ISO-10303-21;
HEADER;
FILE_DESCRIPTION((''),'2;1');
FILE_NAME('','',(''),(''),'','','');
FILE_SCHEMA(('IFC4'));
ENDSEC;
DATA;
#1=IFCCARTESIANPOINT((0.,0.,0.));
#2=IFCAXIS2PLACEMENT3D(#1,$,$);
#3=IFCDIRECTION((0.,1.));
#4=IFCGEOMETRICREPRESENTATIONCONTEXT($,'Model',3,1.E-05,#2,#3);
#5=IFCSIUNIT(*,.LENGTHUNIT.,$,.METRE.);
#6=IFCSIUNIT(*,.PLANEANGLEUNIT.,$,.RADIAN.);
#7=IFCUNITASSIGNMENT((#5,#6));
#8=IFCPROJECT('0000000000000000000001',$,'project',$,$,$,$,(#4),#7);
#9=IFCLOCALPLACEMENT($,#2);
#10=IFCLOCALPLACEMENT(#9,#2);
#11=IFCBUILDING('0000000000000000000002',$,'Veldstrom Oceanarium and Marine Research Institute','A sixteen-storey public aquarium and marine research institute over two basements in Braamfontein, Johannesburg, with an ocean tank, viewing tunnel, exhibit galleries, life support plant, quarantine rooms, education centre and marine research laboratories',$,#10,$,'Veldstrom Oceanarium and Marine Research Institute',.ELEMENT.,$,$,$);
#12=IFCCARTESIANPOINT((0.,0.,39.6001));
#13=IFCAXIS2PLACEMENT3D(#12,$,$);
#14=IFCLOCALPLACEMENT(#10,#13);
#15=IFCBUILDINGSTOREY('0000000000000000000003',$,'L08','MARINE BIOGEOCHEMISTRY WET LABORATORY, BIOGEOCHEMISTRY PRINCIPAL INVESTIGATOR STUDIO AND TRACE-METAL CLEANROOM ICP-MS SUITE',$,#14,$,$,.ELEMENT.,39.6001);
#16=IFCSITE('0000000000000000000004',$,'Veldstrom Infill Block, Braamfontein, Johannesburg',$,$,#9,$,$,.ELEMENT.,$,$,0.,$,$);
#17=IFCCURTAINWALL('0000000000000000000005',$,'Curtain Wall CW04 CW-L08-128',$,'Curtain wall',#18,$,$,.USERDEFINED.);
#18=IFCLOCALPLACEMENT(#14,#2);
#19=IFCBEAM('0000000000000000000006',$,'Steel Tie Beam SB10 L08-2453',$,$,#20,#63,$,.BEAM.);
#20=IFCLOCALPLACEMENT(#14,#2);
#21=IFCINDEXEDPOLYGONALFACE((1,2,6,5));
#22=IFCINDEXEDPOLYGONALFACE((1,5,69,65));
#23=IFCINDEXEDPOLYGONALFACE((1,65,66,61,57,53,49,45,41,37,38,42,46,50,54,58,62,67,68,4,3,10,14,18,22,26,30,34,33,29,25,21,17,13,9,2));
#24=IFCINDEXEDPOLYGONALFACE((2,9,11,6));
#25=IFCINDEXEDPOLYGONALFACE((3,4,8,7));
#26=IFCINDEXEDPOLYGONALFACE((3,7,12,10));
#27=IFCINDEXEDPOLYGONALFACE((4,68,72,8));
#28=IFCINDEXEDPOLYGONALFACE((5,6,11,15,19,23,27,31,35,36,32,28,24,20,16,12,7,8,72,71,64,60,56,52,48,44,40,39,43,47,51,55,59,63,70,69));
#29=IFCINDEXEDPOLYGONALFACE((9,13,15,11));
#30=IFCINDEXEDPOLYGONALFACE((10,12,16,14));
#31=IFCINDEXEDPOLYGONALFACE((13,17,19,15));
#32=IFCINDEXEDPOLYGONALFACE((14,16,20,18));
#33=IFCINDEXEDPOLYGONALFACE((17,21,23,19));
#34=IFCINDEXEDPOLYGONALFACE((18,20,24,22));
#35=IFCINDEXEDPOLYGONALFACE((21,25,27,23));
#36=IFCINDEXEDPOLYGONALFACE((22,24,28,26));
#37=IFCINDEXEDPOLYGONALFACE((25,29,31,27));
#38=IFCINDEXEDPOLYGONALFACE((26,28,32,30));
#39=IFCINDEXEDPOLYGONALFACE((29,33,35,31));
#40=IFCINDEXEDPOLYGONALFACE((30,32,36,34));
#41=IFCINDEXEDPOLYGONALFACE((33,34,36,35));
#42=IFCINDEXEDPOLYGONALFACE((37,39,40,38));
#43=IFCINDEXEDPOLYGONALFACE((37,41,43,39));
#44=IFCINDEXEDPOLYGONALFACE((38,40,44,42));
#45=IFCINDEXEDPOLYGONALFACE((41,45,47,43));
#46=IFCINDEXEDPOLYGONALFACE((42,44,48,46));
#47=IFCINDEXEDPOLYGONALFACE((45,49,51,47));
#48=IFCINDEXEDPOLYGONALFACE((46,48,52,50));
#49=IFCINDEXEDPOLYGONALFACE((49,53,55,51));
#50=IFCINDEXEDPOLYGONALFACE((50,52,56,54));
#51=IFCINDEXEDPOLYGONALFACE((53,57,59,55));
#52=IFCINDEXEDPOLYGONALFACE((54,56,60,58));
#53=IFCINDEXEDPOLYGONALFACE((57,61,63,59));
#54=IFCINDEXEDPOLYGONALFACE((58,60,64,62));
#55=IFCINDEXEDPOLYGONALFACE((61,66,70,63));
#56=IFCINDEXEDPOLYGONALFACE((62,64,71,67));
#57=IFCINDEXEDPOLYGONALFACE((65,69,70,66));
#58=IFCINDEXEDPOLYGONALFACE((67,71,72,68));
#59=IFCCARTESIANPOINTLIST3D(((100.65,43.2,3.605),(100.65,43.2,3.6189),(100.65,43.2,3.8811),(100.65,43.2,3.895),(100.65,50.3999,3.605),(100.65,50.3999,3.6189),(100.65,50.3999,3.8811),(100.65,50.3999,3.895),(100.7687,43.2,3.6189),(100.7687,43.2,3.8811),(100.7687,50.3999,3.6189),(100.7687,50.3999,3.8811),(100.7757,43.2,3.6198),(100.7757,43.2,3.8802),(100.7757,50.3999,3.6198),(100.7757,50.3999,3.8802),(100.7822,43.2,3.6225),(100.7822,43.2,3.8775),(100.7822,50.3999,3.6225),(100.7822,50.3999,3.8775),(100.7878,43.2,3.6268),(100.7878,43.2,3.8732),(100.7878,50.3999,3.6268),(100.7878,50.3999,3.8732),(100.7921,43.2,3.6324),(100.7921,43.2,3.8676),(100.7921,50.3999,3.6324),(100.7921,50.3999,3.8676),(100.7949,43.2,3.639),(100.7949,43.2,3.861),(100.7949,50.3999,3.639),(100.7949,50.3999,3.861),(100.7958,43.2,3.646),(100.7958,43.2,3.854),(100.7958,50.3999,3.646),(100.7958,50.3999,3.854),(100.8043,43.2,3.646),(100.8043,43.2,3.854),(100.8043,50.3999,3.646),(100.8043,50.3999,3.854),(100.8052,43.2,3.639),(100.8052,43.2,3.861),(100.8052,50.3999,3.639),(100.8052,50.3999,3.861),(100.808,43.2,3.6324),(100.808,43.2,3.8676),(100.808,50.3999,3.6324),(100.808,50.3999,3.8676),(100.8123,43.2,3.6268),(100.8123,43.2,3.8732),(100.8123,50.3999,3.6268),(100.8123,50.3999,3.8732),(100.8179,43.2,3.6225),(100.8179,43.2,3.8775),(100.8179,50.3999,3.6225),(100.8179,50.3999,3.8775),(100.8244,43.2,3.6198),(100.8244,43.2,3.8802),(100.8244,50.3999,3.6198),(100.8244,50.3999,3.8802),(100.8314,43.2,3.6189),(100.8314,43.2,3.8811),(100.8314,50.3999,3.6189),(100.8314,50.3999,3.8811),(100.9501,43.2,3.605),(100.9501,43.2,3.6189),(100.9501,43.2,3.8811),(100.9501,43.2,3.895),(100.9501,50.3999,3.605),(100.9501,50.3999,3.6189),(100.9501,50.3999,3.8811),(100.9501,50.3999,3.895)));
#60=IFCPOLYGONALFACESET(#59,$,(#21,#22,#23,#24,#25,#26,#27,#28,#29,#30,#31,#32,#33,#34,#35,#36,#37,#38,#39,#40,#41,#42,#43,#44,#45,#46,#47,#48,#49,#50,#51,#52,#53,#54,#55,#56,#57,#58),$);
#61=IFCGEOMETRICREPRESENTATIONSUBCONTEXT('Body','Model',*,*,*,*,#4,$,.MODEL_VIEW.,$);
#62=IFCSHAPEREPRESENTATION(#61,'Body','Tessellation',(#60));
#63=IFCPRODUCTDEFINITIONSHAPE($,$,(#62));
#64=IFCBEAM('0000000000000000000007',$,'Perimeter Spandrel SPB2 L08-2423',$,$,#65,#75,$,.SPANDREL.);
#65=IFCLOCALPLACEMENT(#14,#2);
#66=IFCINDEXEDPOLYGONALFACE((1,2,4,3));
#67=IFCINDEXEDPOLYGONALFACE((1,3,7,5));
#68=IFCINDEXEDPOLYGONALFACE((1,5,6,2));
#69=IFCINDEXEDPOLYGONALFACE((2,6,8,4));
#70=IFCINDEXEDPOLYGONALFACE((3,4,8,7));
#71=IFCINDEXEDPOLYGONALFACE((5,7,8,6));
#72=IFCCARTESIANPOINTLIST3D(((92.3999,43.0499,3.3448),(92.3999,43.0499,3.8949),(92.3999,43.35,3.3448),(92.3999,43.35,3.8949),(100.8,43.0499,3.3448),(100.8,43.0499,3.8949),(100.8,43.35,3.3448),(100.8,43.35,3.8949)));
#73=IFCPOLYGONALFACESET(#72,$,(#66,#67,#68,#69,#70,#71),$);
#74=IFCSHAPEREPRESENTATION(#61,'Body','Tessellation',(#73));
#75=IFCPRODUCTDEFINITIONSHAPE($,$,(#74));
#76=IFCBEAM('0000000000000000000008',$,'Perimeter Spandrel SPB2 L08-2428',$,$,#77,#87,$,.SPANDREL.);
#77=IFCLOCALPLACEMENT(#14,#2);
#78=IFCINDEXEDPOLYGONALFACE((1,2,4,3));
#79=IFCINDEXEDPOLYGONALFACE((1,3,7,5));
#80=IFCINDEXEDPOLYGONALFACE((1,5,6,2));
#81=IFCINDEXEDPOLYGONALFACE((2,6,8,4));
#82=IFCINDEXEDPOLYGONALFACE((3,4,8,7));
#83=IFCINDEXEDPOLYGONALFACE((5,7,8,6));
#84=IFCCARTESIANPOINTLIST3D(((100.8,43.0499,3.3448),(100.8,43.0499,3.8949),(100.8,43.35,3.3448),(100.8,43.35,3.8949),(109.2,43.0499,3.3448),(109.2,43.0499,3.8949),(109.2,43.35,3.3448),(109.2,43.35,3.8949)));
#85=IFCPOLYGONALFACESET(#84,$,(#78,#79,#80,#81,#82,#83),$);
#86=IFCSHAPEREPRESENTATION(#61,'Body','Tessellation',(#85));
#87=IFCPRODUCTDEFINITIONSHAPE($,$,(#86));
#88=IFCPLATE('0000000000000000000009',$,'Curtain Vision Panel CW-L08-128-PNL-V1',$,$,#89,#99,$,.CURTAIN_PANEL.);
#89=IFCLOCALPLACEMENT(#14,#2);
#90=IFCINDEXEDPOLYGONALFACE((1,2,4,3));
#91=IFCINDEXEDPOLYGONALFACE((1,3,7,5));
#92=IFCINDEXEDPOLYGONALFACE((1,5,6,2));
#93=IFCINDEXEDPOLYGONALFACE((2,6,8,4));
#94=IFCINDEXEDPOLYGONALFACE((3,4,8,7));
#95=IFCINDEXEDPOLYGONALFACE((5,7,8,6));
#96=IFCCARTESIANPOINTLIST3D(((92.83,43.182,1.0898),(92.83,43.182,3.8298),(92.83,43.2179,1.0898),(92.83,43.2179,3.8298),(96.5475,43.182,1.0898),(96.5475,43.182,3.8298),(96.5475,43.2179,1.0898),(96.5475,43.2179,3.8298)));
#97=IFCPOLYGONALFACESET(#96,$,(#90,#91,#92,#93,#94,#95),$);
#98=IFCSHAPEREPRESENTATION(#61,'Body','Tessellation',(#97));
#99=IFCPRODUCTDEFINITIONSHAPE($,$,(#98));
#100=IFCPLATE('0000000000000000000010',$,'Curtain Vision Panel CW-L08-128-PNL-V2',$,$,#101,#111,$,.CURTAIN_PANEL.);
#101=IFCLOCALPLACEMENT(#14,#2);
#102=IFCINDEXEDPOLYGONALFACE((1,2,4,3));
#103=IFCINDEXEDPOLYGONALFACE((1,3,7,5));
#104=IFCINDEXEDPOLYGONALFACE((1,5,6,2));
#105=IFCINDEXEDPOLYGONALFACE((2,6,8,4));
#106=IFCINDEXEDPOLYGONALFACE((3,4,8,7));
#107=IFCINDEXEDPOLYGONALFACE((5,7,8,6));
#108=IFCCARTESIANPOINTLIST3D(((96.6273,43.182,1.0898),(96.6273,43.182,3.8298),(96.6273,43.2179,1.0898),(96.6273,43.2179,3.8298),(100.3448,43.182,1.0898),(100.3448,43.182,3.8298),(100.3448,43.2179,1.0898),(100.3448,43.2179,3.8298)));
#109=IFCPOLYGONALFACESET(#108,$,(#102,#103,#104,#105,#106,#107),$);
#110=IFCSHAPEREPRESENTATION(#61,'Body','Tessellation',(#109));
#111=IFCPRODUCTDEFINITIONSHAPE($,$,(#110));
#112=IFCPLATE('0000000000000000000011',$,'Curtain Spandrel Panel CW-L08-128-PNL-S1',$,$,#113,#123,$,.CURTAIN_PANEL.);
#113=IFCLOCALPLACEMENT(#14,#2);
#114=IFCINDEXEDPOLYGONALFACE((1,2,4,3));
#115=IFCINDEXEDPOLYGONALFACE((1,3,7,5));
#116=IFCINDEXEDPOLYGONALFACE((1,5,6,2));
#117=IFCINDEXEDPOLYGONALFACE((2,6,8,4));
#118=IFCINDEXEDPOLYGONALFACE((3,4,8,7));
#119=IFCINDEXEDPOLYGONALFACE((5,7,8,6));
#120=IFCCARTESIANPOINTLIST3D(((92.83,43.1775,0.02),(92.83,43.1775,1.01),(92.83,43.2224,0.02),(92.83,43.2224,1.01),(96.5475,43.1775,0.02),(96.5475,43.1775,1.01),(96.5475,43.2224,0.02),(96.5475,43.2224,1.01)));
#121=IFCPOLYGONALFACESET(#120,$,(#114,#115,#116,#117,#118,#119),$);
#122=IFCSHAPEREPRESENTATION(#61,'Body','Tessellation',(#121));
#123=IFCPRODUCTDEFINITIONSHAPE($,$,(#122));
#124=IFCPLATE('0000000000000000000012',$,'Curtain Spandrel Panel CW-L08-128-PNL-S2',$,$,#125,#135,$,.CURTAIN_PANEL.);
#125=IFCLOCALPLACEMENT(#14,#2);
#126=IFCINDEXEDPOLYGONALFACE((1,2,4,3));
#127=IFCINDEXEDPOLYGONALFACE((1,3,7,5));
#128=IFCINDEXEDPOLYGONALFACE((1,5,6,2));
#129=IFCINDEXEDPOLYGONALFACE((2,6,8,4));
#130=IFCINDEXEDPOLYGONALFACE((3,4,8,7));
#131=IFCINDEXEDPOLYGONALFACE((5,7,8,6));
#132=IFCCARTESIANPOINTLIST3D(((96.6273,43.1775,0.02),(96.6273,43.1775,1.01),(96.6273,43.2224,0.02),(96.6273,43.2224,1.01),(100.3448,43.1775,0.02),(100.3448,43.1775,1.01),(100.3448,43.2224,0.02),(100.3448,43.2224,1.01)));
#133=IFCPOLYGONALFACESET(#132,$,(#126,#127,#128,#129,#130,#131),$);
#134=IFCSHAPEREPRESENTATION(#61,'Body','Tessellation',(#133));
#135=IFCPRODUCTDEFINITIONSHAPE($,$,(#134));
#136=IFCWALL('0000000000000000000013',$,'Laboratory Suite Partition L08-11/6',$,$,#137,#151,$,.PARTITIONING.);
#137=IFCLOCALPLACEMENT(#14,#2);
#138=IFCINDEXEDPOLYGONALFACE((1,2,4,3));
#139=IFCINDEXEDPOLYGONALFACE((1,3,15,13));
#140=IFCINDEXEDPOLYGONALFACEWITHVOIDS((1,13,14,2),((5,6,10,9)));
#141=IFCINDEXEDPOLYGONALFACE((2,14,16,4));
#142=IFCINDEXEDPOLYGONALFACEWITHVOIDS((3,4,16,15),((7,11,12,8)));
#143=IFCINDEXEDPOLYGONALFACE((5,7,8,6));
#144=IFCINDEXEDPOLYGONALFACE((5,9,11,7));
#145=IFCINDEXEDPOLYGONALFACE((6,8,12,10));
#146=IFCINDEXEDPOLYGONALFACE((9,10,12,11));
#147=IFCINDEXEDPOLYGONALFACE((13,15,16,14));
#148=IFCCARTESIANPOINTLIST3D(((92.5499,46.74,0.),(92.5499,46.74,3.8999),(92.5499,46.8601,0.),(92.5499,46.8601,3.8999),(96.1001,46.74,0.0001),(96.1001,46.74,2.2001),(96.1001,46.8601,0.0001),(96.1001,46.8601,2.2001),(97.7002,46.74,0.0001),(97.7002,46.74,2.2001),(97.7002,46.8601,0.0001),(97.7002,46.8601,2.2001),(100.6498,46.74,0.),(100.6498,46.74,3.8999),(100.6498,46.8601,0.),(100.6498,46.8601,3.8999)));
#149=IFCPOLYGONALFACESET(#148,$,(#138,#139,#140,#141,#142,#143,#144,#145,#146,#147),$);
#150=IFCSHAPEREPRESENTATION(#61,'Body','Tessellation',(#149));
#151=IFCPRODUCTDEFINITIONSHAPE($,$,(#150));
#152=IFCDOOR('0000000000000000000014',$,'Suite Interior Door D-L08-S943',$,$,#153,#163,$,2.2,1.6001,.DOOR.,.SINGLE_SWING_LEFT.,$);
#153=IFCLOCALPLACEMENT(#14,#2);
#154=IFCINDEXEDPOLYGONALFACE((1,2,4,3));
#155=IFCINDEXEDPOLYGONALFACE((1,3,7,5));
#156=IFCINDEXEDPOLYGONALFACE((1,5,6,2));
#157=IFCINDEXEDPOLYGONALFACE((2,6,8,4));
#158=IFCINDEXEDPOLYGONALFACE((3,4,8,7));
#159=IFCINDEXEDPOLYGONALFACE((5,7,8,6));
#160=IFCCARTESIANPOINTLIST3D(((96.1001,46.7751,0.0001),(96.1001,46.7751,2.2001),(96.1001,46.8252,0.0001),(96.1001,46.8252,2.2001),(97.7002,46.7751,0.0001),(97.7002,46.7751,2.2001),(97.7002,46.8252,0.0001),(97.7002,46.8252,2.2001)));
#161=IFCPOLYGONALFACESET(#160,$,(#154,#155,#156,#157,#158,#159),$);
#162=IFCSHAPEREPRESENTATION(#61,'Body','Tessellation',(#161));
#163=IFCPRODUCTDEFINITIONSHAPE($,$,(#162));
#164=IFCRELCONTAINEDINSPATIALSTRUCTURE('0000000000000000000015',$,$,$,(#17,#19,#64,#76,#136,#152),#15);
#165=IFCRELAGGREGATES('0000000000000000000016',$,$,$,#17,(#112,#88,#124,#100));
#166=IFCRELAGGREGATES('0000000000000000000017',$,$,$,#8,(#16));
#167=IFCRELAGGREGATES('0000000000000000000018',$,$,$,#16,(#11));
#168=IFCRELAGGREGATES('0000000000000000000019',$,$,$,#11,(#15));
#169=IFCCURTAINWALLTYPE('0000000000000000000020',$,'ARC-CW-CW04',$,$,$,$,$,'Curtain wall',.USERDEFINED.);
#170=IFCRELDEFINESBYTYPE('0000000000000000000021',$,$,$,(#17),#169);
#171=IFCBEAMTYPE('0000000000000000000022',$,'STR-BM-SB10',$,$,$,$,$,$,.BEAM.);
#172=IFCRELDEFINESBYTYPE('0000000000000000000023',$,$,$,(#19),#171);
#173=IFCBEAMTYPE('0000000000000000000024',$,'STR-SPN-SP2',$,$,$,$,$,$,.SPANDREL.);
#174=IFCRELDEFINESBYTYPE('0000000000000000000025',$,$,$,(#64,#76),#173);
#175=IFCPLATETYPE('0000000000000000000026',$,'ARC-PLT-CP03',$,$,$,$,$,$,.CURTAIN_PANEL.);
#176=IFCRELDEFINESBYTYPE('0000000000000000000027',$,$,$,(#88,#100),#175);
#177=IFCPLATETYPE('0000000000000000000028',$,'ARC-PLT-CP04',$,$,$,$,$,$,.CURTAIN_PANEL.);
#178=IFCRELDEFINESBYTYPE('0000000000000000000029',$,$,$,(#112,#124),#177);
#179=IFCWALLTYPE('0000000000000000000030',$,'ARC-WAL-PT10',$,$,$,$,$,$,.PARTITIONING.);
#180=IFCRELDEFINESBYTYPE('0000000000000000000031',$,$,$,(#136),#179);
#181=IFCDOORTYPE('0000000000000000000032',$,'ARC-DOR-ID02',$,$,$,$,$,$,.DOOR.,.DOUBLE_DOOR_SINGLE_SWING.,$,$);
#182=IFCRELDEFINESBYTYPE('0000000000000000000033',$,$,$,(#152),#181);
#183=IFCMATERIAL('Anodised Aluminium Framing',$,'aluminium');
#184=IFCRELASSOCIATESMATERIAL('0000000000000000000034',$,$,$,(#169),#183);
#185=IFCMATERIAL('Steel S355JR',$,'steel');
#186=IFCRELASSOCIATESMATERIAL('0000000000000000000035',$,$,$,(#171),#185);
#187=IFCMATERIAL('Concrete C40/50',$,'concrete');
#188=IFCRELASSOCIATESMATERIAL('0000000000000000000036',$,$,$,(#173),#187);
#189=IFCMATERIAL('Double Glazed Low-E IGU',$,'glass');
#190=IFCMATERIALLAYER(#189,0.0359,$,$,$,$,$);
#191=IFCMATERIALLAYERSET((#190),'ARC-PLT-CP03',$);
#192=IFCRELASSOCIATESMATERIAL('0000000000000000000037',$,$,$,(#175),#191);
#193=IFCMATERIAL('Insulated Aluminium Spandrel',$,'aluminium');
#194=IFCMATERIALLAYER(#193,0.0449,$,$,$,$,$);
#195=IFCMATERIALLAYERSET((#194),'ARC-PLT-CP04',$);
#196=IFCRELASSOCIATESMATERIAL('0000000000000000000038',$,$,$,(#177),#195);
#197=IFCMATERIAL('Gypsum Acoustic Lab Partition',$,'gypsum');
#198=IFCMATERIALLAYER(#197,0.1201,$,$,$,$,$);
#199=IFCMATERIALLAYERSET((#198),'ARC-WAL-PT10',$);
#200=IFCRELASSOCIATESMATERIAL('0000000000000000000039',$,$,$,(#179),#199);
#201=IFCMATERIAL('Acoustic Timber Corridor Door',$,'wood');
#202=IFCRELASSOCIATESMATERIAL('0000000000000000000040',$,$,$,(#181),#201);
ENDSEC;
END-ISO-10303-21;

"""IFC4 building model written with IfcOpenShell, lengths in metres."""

from ifc_helpers import new_model, si_unit, direction, frame, frame_2d, origin, origin_2d, place, context, subcontext, project, spatial, rectangle, i_section, extrude, material, layer, layer_set, material_profile, profile_set, type_object, element, fill, aggregate, save


model = new_model("IFC4")

# Units and contexts
model_context = context("Model", 3, precision=1e-05, world=origin(), true_north=direction((0.0, 1.0)))
body_context = subcontext(model_context, "Body", "Model", "MODEL_VIEW")
ifc_project = project(units=[si_unit("LENGTHUNIT", "METRE"), si_unit("PLANEANGLEUNIT", "RADIAN")], contexts=[model_context])

# Site, building, storey
site_placement = place(None, origin())
site = spatial("IfcSite", under=ifc_project, at=site_placement, Name="Veldstrom Infill Block, Braamfontein, Johannesburg", CompositionType="ELEMENT", RefElevation=0.0)
building_placement = place(site_placement, origin())
building = spatial("IfcBuilding", under=site, at=building_placement, Name="Veldstrom Oceanarium and Marine Research Institute", Description="A sixteen-storey public aquarium and marine research institute over two basements in Braamfontein, Johannesburg, with an ocean tank, viewing tunnel, exhibit galleries, life support plant, quarantine rooms, education centre and marine research laboratories", LongName="Veldstrom Oceanarium and Marine Research Institute", CompositionType="ELEMENT")
storey_placement = place(building_placement, frame((0.0, 0.0, 39.6001)))
storey = spatial("IfcBuildingStorey", under=building, at=storey_placement, Name="L08", Description="MARINE BIOGEOCHEMISTRY WET LABORATORY, BIOGEOCHEMISTRY PRINCIPAL INVESTIGATOR STUDIO AND TRACE-METAL CLEANROOM ICP-MS SUITE", CompositionType="ELEMENT", Elevation=39.6001)

# Shared definitions
ifc_material_1 = material(Name="Anodised Aluminium Framing", Category="aluminium")
curtain_wall_type = type_object("IfcCurtainWallType", Name="ARC-CW-CW04", ElementType="Curtain wall", PredefinedType="USERDEFINED", material=ifc_material_1)

# Curtain wall
curtain_wall_1_placement = place(storey_placement, origin())
curtain_wall_1 = element("IfcCurtainWall", 1, at=curtain_wall_1_placement, inside=storey, type_object=curtain_wall_type, Name="Curtain Wall CW04 CW-L08-128", ObjectType="Curtain wall", PredefinedType="USERDEFINED")

# Beams
ifc_material_2 = material(Name="Steel S355JR", Category="steel")
ifc_material_profile_1 = material_profile(ifc_material_2, i_section(OverallWidth=0.3, OverallDepth=0.29, WebThickness=0.0085, FlangeThickness=0.0139, FilletRadius=0.0271, at=origin_2d()), Name="HEA 300")
ifc_profile_set_1 = profile_set([ifc_material_profile_1], Name="Steel S355JR")
beam_type_1 = type_object("IfcBeamType", Name="STR-BM-SB10", PredefinedType="BEAM", material=ifc_profile_set_1)
beam_1_placement = place(storey_placement, frame((100.8, 43.2, 3.75), z_axis=(0.0, 1.0, 0.0), x_axis=(-1.0, 0.0, 0.0)))
element("IfcBeam", 2, at=beam_1_placement, inside=storey, type_object=beam_type_1, Name="Steel Tie Beam SB10 L08-2453", PredefinedType="BEAM", context=body_context, shape_type="SweptSolid", body=[
    extrude(i_section(OverallWidth=0.3, OverallDepth=0.29, WebThickness=0.0085, FlangeThickness=0.0139, FilletRadius=0.0271, at=origin_2d()), origin(), (0.0, 0.0, 1.0), 7.2),
])
ifc_material_3 = material(Name="Concrete C40/50", Category="concrete")
ifc_material_profile_2 = material_profile(ifc_material_3, rectangle(XDim=0.3, YDim=0.55, at=origin_2d()), Name="RC-SPN-300x550")
ifc_profile_set_2 = profile_set([ifc_material_profile_2], Name="Concrete C40/50")
beam_type_2 = type_object("IfcBeamType", Name="STR-SPN-SP2", PredefinedType="SPANDREL", material=ifc_profile_set_2)
beam_2_placement = place(storey_placement, frame((92.3999, 43.2, 3.6199), z_axis=(1.0, 0.0, 0.0), x_axis=(0.0, 1.0, 0.0)))
element("IfcBeam", 3, at=beam_2_placement, inside=storey, type_object=beam_type_2, Name="Perimeter Spandrel SPB2 L08-2423", PredefinedType="SPANDREL", context=body_context, shape_type="SweptSolid", body=[
    extrude(rectangle(XDim=0.3, YDim=0.55, at=origin_2d()), origin(), (0.0, 0.0, 1.0), 8.4001),
])
beam_3_placement = place(storey_placement, frame((100.8, 43.2, 3.6199), z_axis=(1.0, 0.0, 0.0), x_axis=(0.0, 1.0, 0.0)))
element("IfcBeam", 4, at=beam_3_placement, inside=storey, type_object=beam_type_2, Name="Perimeter Spandrel SPB2 L08-2428", PredefinedType="SPANDREL", context=body_context, shape_type="SweptSolid", body=[
    extrude(rectangle(XDim=0.3, YDim=0.55, at=origin_2d()), origin(), (0.0, 0.0, 1.0), 8.3999),
])

# Plates
ifc_material_4 = material(Name="Double Glazed Low-E IGU", Category="glass")
ifc_layer_1 = layer(ifc_material_4, 0.0359)
ifc_layer_set_1 = layer_set([ifc_layer_1], Name="ARC-PLT-CP03")
plate_type_1 = type_object("IfcPlateType", Name="ARC-PLT-CP03", PredefinedType="CURTAIN_PANEL", material=ifc_layer_set_1)
plate_1_placement = place(storey_placement, frame((94.6887, 43.2, 1.0898), z_axis=(0.0, 0.0, 1.0), x_axis=(1.0, 0.0, 0.0)))
plate_1 = element("IfcPlate", 5, at=plate_1_placement, type_object=plate_type_1, Name="Curtain Vision Panel CW-L08-128-PNL-V1", PredefinedType="CURTAIN_PANEL", context=body_context, shape_type="SweptSolid", body=[
    extrude(rectangle(XDim=3.7175, YDim=0.0359, at=origin_2d()), origin(), (0.0, 0.0, 1.0), 2.74),
])
plate_2_placement = place(storey_placement, frame((98.4861, 43.2, 1.0898), z_axis=(0.0, 0.0, 1.0), x_axis=(1.0, 0.0, 0.0)))
plate_2 = element("IfcPlate", 6, at=plate_2_placement, type_object=plate_type_1, Name="Curtain Vision Panel CW-L08-128-PNL-V2", PredefinedType="CURTAIN_PANEL", context=body_context, shape_type="SweptSolid", body=[
    extrude(rectangle(XDim=3.7175, YDim=0.0359, at=origin_2d()), origin(), (0.0, 0.0, 1.0), 2.74),
])
ifc_material_5 = material(Name="Insulated Aluminium Spandrel", Category="aluminium")
ifc_layer_2 = layer(ifc_material_5, 0.0449)
ifc_layer_set_2 = layer_set([ifc_layer_2], Name="ARC-PLT-CP04")
plate_type_2 = type_object("IfcPlateType", Name="ARC-PLT-CP04", PredefinedType="CURTAIN_PANEL", material=ifc_layer_set_2)
plate_3_placement = place(storey_placement, frame((94.6887, 43.2, 0.02), z_axis=(0.0, 0.0, 1.0), x_axis=(1.0, 0.0, 0.0)))
plate_3 = element("IfcPlate", 7, at=plate_3_placement, type_object=plate_type_2, Name="Curtain Spandrel Panel CW-L08-128-PNL-S1", PredefinedType="CURTAIN_PANEL", context=body_context, shape_type="SweptSolid", body=[
    extrude(rectangle(XDim=3.7175, YDim=0.0449, at=origin_2d()), origin(), (0.0, 0.0, 1.0), 0.99),
])
plate_4_placement = place(storey_placement, frame((98.4861, 43.2, 0.02), z_axis=(0.0, 0.0, 1.0), x_axis=(1.0, 0.0, 0.0)))
plate_4 = element("IfcPlate", 8, at=plate_4_placement, type_object=plate_type_2, Name="Curtain Spandrel Panel CW-L08-128-PNL-S2", PredefinedType="CURTAIN_PANEL", context=body_context, shape_type="SweptSolid", body=[
    extrude(rectangle(XDim=3.7175, YDim=0.0449, at=origin_2d()), origin(), (0.0, 0.0, 1.0), 0.99),
])
aggregate(curtain_wall_1, [plate_3, plate_1, plate_4, plate_2])

# Wall, opening, door
ifc_material_6 = material(Name="Gypsum Acoustic Lab Partition", Category="gypsum")
ifc_layer_3 = layer(ifc_material_6, 0.1201)
ifc_layer_set_3 = layer_set([ifc_layer_3], Name="ARC-WAL-PT10")
wall_type_1 = type_object("IfcWallType", Name="ARC-WAL-PT10", PredefinedType="PARTITIONING", material=ifc_layer_set_3)
wall_1_placement = place(storey_placement, frame((92.55, 46.8, 0.0), z_axis=(0.0, 0.0, 1.0), x_axis=(1.0, 0.0, 0.0)))
wall_1 = element("IfcWall", 9, at=wall_1_placement, inside=storey, type_object=wall_type_1, Name="Laboratory Suite Partition L08-11/6", PredefinedType="PARTITIONING", context=body_context, shape_type="SweptSolid", body=[
    extrude(rectangle(XDim=8.0999, YDim=0.1201, at=frame_2d((4.0498, 0.0))), origin(), (0.0, 0.0, 1.0), 3.8999),
])
opening_1_placement = place(wall_1_placement, frame((3.55, 0.0, 0.0)))
opening_1 = element("IfcOpeningElement", 10, at=opening_1_placement, cuts=wall_1, PredefinedType="OPENING", context=body_context, shape_type="SweptSolid", body=[
    extrude(rectangle(XDim=1.6001, YDim=2.2, at=frame_2d((0.8, 1.1001))), frame((0.0, 0.0701, 0.0), z_axis=(0.0, -1.0, 0.0), x_axis=(1.0, 0.0, 0.0)), (0.0, 0.0, 1.0), 0.1401),
])
ifc_material_7 = material(Name="Acoustic Timber Corridor Door", Category="wood")
door_type = type_object("IfcDoorType", Name="ARC-DOR-ID02", OperationType="DOUBLE_DOOR_SINGLE_SWING", PredefinedType="DOOR", material=ifc_material_7)
door_1_placement = place(opening_1_placement, frame((1.6001, 0.0, 0.0), z_axis=(0.0, 0.0, 1.0), x_axis=(-1.0, 0.0, 0.0)))
door_1 = element("IfcDoor", 11, at=door_1_placement, inside=storey, type_object=door_type, Name="Suite Interior Door D-L08-S943", OperationType="SINGLE_SWING_LEFT", OverallHeight=2.2, OverallWidth=1.6001, PredefinedType="DOOR", context=body_context, shape_type="SweptSolid", body=[
    extrude(rectangle(XDim=1.6001, YDim=2.2, at=frame_2d((0.8, 1.1001))), frame((0.0, 0.0249, 0.0), z_axis=(0.0, -1.0, 0.0), x_axis=(1.0, 0.0, 0.0)), (0.0, 0.0, 1.0), 0.05),
])
fill(opening_1, door_1)

save(model, "model.ifc")
